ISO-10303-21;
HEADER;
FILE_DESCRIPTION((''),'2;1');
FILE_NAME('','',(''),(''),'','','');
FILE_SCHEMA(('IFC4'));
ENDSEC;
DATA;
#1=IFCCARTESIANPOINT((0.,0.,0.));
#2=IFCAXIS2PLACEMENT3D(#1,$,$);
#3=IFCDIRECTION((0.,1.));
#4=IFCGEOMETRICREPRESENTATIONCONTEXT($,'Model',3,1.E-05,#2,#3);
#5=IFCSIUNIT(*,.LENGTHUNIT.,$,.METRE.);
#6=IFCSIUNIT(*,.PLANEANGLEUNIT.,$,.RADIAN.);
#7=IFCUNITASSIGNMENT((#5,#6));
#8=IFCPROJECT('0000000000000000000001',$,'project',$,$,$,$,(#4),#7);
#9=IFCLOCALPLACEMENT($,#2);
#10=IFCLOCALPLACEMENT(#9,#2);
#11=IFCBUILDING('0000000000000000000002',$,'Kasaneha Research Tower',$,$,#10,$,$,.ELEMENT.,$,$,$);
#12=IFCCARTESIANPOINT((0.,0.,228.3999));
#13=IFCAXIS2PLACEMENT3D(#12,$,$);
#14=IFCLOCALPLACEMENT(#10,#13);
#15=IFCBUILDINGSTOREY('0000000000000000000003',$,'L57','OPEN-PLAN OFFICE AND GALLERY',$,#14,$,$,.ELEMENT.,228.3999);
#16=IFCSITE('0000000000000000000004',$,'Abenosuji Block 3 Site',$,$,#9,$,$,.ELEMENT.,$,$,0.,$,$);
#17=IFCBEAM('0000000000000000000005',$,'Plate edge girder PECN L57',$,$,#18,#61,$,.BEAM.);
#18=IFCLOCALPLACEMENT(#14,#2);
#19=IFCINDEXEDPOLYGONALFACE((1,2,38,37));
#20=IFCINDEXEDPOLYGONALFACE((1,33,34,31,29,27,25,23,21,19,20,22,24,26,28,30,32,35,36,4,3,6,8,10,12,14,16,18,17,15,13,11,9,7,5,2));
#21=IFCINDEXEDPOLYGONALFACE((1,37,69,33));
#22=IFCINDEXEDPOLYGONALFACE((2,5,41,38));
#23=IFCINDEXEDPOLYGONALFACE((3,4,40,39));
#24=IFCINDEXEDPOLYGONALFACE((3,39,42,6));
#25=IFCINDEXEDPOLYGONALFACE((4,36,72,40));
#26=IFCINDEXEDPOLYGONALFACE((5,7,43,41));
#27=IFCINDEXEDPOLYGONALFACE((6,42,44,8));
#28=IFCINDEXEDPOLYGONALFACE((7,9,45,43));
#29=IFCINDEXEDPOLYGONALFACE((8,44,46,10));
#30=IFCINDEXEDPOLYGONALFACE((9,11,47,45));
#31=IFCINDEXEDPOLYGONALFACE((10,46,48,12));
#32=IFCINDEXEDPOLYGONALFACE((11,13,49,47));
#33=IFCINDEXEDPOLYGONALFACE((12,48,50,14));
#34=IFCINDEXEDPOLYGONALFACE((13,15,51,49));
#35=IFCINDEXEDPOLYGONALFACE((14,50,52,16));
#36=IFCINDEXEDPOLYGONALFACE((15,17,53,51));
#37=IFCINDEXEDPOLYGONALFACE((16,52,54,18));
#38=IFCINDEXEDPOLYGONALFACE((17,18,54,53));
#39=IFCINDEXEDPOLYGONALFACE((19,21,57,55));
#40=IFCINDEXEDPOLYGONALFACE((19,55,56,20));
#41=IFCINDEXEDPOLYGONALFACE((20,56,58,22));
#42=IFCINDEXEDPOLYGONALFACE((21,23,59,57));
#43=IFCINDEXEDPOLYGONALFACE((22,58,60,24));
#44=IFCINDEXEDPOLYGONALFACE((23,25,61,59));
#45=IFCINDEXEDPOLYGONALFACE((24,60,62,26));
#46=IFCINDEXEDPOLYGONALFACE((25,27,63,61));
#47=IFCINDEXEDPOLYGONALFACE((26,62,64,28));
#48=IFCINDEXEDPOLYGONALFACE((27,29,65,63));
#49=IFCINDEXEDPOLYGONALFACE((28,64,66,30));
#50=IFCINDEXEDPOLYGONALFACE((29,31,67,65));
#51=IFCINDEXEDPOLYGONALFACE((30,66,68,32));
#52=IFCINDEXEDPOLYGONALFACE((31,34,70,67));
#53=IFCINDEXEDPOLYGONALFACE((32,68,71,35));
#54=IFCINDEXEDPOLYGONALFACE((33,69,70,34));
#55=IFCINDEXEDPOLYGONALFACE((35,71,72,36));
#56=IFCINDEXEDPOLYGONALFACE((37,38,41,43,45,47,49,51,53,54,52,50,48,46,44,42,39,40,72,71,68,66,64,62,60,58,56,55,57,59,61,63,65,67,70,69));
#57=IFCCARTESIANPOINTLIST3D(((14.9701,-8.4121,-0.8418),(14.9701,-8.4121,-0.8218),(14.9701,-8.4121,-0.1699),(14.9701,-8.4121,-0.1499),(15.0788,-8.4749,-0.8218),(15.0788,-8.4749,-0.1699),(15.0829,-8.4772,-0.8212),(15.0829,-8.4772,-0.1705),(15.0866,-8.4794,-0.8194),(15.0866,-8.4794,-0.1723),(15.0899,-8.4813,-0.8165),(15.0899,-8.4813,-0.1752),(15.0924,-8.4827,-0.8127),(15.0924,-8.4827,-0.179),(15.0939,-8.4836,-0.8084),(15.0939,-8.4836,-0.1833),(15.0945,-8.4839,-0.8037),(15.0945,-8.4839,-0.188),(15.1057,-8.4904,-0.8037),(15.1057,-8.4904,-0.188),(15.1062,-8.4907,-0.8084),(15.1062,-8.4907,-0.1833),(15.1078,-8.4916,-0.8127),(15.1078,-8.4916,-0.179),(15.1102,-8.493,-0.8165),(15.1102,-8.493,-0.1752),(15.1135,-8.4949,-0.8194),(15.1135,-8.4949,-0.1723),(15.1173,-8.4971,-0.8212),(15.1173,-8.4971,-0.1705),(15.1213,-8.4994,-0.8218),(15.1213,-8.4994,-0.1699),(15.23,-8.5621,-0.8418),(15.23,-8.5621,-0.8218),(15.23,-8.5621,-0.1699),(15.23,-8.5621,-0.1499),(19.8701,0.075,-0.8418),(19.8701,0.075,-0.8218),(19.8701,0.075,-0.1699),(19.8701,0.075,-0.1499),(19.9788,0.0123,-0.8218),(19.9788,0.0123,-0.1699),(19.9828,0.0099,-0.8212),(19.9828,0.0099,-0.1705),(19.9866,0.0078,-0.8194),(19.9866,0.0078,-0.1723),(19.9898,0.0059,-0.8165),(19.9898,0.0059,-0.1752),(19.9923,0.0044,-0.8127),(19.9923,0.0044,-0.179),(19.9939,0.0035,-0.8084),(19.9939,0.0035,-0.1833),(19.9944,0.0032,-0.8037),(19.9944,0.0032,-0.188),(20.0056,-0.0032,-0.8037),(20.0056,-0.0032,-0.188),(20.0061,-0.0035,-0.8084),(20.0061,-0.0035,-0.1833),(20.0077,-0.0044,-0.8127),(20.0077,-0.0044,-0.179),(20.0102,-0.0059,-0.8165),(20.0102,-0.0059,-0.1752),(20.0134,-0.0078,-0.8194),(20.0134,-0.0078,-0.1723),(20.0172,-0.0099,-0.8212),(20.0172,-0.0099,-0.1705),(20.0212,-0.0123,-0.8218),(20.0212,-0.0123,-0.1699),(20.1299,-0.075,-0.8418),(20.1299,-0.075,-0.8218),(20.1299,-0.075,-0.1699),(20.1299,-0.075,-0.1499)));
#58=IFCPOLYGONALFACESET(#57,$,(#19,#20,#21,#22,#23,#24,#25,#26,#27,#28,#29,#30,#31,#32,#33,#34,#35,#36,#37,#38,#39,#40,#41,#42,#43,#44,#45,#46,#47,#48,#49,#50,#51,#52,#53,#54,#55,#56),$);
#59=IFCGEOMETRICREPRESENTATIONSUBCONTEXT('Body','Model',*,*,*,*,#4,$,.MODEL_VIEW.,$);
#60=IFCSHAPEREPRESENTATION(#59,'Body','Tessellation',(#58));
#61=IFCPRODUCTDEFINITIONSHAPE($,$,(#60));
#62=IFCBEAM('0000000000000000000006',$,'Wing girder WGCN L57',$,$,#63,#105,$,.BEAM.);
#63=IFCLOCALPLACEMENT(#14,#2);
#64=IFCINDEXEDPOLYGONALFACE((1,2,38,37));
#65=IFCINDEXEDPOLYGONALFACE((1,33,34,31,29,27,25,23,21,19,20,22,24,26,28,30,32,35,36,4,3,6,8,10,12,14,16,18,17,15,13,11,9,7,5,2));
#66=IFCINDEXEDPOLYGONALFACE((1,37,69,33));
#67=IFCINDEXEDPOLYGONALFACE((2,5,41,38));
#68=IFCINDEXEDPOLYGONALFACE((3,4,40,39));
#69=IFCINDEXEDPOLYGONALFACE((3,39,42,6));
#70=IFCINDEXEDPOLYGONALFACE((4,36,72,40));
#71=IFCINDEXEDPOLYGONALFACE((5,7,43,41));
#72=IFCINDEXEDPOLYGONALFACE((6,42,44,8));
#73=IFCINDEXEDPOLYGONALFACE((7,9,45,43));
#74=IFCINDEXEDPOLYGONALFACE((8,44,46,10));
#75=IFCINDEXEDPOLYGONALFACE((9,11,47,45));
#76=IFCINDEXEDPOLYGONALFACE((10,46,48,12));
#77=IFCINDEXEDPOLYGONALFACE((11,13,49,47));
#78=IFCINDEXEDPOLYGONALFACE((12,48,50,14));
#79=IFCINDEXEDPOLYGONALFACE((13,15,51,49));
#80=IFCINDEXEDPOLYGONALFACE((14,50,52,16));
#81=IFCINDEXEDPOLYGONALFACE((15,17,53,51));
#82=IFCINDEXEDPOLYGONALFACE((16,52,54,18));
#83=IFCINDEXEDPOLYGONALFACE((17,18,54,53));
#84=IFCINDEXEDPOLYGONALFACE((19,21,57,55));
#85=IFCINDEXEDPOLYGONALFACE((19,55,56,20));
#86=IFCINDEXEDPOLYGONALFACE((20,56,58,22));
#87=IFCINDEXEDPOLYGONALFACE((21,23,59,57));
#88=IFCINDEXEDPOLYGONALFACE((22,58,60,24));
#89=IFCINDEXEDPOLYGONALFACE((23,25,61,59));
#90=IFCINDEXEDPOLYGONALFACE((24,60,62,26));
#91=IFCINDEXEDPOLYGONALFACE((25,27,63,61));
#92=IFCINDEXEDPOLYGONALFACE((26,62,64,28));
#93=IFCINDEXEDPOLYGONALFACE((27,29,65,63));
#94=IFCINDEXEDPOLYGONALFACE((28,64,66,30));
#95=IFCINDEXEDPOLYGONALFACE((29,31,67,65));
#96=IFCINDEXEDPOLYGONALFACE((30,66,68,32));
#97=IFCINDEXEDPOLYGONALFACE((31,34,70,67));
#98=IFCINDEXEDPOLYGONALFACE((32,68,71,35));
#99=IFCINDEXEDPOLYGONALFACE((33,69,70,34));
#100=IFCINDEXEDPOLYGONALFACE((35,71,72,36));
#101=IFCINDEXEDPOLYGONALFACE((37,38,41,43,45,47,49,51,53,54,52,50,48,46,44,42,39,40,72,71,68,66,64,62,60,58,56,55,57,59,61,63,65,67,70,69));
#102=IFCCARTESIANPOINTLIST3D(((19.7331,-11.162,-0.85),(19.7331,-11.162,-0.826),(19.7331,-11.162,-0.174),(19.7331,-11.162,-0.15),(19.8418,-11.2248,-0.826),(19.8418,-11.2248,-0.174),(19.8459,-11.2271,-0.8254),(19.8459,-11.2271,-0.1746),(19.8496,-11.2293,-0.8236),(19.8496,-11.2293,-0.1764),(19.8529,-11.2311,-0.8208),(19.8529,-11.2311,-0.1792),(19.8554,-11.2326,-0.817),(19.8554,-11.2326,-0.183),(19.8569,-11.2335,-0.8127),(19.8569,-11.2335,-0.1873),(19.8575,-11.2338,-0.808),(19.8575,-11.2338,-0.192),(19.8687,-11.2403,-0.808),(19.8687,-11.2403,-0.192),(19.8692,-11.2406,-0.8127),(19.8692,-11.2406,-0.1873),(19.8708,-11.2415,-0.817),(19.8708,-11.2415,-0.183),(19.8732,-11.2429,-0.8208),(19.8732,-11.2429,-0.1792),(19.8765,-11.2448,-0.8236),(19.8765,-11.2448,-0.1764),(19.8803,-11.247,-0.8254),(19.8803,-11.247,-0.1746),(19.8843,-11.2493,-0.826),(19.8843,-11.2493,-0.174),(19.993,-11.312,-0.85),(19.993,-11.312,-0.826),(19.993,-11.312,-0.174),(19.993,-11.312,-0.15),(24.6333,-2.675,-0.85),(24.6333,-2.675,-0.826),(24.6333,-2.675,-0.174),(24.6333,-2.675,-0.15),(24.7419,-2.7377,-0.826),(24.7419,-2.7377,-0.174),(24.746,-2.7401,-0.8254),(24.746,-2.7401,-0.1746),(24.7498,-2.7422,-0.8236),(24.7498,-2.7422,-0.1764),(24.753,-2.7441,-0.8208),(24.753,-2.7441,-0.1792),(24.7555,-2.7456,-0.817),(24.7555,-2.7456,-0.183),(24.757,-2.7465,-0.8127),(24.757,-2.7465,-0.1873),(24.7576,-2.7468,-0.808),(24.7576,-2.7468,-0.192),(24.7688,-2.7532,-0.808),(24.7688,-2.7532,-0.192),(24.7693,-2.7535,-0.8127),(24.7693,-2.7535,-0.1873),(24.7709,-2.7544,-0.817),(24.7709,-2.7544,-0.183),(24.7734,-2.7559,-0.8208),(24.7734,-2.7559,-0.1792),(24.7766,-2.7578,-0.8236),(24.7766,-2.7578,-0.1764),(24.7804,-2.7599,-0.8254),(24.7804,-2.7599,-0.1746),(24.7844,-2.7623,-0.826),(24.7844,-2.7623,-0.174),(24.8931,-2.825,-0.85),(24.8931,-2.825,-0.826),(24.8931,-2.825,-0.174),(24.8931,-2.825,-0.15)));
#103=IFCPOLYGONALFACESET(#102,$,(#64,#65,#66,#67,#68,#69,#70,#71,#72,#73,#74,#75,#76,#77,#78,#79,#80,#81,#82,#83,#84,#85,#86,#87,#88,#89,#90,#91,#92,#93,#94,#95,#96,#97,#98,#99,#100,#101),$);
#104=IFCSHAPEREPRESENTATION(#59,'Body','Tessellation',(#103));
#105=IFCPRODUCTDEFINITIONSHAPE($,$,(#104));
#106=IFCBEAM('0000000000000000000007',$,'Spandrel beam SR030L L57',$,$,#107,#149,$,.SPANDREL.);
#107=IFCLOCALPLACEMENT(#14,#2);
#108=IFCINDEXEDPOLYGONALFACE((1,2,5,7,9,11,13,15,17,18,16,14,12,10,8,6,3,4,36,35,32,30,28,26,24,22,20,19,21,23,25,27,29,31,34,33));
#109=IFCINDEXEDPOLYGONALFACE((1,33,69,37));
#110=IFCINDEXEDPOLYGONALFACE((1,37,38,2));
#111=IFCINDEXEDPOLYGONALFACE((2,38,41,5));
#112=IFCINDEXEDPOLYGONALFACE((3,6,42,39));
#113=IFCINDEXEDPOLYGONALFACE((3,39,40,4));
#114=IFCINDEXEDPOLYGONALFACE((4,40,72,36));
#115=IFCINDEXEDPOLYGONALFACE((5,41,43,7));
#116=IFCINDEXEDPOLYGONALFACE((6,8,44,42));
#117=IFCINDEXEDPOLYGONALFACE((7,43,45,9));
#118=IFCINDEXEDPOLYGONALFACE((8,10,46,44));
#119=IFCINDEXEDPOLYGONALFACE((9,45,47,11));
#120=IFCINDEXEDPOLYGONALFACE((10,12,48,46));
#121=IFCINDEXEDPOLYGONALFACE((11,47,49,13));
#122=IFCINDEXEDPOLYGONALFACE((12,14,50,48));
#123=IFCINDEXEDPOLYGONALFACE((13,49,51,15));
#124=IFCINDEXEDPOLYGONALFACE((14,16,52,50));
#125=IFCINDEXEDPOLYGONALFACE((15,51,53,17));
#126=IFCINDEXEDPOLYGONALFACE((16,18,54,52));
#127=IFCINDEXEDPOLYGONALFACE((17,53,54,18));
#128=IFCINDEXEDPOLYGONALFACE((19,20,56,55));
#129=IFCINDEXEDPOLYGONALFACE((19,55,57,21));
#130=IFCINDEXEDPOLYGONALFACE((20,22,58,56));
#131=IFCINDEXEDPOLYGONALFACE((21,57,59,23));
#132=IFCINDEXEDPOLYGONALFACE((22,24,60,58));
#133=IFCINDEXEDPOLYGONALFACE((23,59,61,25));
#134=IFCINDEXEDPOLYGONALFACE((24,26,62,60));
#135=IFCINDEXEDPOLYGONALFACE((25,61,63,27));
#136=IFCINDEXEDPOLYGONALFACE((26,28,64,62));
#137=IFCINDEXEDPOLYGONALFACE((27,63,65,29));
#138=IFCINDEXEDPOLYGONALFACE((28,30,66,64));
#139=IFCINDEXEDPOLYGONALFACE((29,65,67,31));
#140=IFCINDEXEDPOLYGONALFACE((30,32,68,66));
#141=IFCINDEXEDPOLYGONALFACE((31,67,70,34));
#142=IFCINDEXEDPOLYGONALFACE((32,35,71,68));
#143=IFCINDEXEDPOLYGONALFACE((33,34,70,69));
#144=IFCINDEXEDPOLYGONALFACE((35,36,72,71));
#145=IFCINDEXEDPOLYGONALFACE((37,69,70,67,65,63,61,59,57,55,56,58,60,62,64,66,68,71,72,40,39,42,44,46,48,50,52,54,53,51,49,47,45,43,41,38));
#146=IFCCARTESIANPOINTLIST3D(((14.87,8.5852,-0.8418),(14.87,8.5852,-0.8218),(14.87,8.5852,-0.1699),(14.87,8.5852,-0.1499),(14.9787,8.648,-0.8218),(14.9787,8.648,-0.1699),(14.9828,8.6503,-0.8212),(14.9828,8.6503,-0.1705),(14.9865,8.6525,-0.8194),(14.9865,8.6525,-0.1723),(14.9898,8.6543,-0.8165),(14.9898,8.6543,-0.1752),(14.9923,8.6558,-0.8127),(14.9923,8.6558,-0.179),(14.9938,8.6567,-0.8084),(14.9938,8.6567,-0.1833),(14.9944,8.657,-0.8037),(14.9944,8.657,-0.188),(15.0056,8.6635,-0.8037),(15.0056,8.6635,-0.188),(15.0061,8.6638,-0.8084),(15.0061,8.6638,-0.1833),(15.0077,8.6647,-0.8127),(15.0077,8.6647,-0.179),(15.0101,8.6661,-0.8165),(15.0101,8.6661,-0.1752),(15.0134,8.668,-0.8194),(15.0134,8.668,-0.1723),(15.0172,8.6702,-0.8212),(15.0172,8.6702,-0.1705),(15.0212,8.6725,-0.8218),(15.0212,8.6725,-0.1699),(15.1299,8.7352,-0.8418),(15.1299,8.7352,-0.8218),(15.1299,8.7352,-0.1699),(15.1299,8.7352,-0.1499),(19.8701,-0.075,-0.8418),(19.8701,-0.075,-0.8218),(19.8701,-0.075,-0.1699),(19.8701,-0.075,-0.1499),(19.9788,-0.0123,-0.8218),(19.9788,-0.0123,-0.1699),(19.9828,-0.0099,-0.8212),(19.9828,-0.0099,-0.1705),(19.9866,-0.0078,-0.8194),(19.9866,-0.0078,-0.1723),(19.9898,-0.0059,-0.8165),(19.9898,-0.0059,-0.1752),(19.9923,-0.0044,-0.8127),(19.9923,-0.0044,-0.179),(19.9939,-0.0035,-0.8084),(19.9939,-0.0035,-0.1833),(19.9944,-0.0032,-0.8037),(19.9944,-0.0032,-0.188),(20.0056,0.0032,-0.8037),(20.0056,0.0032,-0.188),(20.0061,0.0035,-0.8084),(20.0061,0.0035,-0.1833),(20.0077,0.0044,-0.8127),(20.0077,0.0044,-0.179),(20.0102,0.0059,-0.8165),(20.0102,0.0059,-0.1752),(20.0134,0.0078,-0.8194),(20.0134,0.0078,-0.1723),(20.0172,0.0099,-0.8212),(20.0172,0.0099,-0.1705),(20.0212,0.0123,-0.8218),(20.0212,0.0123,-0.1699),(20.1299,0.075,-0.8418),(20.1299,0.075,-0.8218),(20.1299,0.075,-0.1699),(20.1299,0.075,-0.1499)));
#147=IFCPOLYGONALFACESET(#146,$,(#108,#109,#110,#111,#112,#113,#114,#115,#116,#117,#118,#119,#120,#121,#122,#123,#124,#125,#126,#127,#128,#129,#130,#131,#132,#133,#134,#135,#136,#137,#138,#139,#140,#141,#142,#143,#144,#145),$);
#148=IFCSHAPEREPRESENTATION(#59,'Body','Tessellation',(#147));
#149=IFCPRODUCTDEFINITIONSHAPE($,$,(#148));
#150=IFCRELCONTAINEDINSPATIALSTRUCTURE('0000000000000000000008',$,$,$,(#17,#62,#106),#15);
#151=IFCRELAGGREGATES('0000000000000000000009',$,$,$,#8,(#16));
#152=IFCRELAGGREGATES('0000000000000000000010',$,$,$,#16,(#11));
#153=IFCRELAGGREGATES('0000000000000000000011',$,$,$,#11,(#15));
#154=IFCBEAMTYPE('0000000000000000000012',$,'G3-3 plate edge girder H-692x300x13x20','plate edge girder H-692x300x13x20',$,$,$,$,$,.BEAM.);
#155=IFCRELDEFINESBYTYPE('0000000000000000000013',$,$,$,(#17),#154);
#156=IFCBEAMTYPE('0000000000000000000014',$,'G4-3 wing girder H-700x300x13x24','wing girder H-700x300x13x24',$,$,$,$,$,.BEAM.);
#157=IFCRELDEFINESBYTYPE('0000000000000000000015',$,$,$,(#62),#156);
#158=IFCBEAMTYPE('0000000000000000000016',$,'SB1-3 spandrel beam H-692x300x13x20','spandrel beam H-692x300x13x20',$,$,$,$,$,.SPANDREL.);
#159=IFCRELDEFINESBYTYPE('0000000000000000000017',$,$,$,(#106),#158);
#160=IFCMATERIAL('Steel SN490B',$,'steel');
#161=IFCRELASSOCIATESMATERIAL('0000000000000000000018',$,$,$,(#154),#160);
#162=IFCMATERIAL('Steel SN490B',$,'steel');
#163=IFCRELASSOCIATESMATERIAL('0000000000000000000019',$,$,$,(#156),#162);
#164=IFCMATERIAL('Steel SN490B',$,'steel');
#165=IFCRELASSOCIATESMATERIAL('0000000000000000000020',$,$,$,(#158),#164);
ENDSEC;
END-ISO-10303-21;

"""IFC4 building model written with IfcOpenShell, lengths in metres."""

from ifc_helpers import new_model, si_unit, direction, frame, origin, origin_2d, place, context, subcontext, project, spatial, i_section, extrude, material, material_profile, profile_set, type_object, element, save


model = new_model("IFC4")

# Units and contexts
model_context = context("Model", 3, precision=1e-05, world=origin(), true_north=direction((0.0, 1.0)))
body_context = subcontext(model_context, "Body", "Model", "MODEL_VIEW")
ifc_project = project(units=[si_unit("LENGTHUNIT", "METRE"), si_unit("PLANEANGLEUNIT", "RADIAN")], contexts=[model_context])

# Site, building, storey
site_placement = place(None, origin())
site = spatial("IfcSite", under=ifc_project, at=site_placement, Name="Abenosuji Block 3 Site", CompositionType="ELEMENT", RefElevation=0.0)
building_placement = place(site_placement, origin())
building = spatial("IfcBuilding", under=site, at=building_placement, Name="Kasaneha Research Tower", CompositionType="ELEMENT")
storey_placement = place(building_placement, frame((0.0, 0.0, 228.3999)))
storey = spatial("IfcBuildingStorey", under=building, at=storey_placement, Name="L57", Description="OPEN-PLAN OFFICE AND GALLERY", CompositionType="ELEMENT", Elevation=228.3999)

# Beams
ifc_material_1 = material(Name="Steel SN490B", Category="steel")
ifc_material_profile_1 = material_profile(ifc_material_1, i_section(OverallWidth=0.3, OverallDepth=0.6919, WebThickness=0.0129, FlangeThickness=0.02, FilletRadius=0.0181, at=origin_2d()), Name="H-692x300x13x20")
ifc_profile_set_1 = profile_set([ifc_material_profile_1], Name="Steel SN490B")
beam_type_1 = type_object("IfcBeamType", Name="G3-3 plate edge girder H-692x300x13x20", Description="plate edge girder H-692x300x13x20", PredefinedType="BEAM", material=ifc_profile_set_1)
beam_1_placement = place(storey_placement, frame((20.0, 0.0, -0.4958), z_axis=(-0.499992, -0.86603, 0.0), x_axis=(0.86603, -0.499992, 0.0)))
element("IfcBeam", 1, at=beam_1_placement, inside=storey, type_object=beam_type_1, Name="Plate edge girder PECN L57", PredefinedType="BEAM", context=body_context, shape_type="SweptSolid", body=[
    extrude(i_section(OverallWidth=0.3, OverallDepth=0.6919, WebThickness=0.0129, FlangeThickness=0.02, FilletRadius=0.0181, at=origin_2d()), origin(), (0.0, 0.0, 1.0), 9.8),
])
ifc_material_2 = material(Name="Steel SN490B", Category="steel")
ifc_material_profile_2 = material_profile(ifc_material_2, i_section(OverallWidth=0.3, OverallDepth=0.7, WebThickness=0.0129, FlangeThickness=0.0239, FilletRadius=0.0181, at=origin_2d()), Name="H-700x300x13x24")
ifc_profile_set_2 = profile_set([ifc_material_profile_2], Name="Steel SN490B")
beam_type_2 = type_object("IfcBeamType", Name="G4-3 wing girder H-700x300x13x24", Description="wing girder H-700x300x13x24", PredefinedType="BEAM", material=ifc_profile_set_2)
beam_2_placement = place(storey_placement, frame((24.7632, -2.75, -0.5), z_axis=(-0.500011, -0.866019, 0.0), x_axis=(0.866019, -0.500011, 0.0)))
element("IfcBeam", 2, at=beam_2_placement, inside=storey, type_object=beam_type_2, Name="Wing girder WGCN L57", PredefinedType="BEAM", context=body_context, shape_type="SweptSolid", body=[
    extrude(i_section(OverallWidth=0.3, OverallDepth=0.7, WebThickness=0.0129, FlangeThickness=0.0239, FilletRadius=0.0181, at=origin_2d()), origin(), (0.0, 0.0, 1.0), 9.8),
])
ifc_material_3 = material(Name="Steel SN490B", Category="steel")
ifc_material_profile_3 = material_profile(ifc_material_3, i_section(OverallWidth=0.3, OverallDepth=0.6919, WebThickness=0.0129, FlangeThickness=0.02, FilletRadius=0.0181, at=origin_2d()), Name="H-692x300x13x20")
ifc_profile_set_3 = profile_set([ifc_material_profile_3], Name="Steel SN490B")
beam_type_3 = type_object("IfcBeamType", Name="SB1-3 spandrel beam H-692x300x13x20", Description="spandrel beam H-692x300x13x20", PredefinedType="SPANDREL", material=ifc_profile_set_3)
beam_3_placement = place(storey_placement, frame((20.0, 0.0, -0.4958), z_axis=(-0.500004, 0.866023, 0.0), x_axis=(-0.866023, -0.500004, 0.0)))
element("IfcBeam", 3, at=beam_3_placement, inside=storey, type_object=beam_type_3, Name="Spandrel beam SR030L L57", PredefinedType="SPANDREL", context=body_context, shape_type="SweptSolid", body=[
    extrude(i_section(OverallWidth=0.3, OverallDepth=0.6919, WebThickness=0.0129, FlangeThickness=0.02, FilletRadius=0.0181, at=origin_2d()), origin(), (0.0, 0.0, 1.0), 10.0),
])

save(model, "model.ifc")
